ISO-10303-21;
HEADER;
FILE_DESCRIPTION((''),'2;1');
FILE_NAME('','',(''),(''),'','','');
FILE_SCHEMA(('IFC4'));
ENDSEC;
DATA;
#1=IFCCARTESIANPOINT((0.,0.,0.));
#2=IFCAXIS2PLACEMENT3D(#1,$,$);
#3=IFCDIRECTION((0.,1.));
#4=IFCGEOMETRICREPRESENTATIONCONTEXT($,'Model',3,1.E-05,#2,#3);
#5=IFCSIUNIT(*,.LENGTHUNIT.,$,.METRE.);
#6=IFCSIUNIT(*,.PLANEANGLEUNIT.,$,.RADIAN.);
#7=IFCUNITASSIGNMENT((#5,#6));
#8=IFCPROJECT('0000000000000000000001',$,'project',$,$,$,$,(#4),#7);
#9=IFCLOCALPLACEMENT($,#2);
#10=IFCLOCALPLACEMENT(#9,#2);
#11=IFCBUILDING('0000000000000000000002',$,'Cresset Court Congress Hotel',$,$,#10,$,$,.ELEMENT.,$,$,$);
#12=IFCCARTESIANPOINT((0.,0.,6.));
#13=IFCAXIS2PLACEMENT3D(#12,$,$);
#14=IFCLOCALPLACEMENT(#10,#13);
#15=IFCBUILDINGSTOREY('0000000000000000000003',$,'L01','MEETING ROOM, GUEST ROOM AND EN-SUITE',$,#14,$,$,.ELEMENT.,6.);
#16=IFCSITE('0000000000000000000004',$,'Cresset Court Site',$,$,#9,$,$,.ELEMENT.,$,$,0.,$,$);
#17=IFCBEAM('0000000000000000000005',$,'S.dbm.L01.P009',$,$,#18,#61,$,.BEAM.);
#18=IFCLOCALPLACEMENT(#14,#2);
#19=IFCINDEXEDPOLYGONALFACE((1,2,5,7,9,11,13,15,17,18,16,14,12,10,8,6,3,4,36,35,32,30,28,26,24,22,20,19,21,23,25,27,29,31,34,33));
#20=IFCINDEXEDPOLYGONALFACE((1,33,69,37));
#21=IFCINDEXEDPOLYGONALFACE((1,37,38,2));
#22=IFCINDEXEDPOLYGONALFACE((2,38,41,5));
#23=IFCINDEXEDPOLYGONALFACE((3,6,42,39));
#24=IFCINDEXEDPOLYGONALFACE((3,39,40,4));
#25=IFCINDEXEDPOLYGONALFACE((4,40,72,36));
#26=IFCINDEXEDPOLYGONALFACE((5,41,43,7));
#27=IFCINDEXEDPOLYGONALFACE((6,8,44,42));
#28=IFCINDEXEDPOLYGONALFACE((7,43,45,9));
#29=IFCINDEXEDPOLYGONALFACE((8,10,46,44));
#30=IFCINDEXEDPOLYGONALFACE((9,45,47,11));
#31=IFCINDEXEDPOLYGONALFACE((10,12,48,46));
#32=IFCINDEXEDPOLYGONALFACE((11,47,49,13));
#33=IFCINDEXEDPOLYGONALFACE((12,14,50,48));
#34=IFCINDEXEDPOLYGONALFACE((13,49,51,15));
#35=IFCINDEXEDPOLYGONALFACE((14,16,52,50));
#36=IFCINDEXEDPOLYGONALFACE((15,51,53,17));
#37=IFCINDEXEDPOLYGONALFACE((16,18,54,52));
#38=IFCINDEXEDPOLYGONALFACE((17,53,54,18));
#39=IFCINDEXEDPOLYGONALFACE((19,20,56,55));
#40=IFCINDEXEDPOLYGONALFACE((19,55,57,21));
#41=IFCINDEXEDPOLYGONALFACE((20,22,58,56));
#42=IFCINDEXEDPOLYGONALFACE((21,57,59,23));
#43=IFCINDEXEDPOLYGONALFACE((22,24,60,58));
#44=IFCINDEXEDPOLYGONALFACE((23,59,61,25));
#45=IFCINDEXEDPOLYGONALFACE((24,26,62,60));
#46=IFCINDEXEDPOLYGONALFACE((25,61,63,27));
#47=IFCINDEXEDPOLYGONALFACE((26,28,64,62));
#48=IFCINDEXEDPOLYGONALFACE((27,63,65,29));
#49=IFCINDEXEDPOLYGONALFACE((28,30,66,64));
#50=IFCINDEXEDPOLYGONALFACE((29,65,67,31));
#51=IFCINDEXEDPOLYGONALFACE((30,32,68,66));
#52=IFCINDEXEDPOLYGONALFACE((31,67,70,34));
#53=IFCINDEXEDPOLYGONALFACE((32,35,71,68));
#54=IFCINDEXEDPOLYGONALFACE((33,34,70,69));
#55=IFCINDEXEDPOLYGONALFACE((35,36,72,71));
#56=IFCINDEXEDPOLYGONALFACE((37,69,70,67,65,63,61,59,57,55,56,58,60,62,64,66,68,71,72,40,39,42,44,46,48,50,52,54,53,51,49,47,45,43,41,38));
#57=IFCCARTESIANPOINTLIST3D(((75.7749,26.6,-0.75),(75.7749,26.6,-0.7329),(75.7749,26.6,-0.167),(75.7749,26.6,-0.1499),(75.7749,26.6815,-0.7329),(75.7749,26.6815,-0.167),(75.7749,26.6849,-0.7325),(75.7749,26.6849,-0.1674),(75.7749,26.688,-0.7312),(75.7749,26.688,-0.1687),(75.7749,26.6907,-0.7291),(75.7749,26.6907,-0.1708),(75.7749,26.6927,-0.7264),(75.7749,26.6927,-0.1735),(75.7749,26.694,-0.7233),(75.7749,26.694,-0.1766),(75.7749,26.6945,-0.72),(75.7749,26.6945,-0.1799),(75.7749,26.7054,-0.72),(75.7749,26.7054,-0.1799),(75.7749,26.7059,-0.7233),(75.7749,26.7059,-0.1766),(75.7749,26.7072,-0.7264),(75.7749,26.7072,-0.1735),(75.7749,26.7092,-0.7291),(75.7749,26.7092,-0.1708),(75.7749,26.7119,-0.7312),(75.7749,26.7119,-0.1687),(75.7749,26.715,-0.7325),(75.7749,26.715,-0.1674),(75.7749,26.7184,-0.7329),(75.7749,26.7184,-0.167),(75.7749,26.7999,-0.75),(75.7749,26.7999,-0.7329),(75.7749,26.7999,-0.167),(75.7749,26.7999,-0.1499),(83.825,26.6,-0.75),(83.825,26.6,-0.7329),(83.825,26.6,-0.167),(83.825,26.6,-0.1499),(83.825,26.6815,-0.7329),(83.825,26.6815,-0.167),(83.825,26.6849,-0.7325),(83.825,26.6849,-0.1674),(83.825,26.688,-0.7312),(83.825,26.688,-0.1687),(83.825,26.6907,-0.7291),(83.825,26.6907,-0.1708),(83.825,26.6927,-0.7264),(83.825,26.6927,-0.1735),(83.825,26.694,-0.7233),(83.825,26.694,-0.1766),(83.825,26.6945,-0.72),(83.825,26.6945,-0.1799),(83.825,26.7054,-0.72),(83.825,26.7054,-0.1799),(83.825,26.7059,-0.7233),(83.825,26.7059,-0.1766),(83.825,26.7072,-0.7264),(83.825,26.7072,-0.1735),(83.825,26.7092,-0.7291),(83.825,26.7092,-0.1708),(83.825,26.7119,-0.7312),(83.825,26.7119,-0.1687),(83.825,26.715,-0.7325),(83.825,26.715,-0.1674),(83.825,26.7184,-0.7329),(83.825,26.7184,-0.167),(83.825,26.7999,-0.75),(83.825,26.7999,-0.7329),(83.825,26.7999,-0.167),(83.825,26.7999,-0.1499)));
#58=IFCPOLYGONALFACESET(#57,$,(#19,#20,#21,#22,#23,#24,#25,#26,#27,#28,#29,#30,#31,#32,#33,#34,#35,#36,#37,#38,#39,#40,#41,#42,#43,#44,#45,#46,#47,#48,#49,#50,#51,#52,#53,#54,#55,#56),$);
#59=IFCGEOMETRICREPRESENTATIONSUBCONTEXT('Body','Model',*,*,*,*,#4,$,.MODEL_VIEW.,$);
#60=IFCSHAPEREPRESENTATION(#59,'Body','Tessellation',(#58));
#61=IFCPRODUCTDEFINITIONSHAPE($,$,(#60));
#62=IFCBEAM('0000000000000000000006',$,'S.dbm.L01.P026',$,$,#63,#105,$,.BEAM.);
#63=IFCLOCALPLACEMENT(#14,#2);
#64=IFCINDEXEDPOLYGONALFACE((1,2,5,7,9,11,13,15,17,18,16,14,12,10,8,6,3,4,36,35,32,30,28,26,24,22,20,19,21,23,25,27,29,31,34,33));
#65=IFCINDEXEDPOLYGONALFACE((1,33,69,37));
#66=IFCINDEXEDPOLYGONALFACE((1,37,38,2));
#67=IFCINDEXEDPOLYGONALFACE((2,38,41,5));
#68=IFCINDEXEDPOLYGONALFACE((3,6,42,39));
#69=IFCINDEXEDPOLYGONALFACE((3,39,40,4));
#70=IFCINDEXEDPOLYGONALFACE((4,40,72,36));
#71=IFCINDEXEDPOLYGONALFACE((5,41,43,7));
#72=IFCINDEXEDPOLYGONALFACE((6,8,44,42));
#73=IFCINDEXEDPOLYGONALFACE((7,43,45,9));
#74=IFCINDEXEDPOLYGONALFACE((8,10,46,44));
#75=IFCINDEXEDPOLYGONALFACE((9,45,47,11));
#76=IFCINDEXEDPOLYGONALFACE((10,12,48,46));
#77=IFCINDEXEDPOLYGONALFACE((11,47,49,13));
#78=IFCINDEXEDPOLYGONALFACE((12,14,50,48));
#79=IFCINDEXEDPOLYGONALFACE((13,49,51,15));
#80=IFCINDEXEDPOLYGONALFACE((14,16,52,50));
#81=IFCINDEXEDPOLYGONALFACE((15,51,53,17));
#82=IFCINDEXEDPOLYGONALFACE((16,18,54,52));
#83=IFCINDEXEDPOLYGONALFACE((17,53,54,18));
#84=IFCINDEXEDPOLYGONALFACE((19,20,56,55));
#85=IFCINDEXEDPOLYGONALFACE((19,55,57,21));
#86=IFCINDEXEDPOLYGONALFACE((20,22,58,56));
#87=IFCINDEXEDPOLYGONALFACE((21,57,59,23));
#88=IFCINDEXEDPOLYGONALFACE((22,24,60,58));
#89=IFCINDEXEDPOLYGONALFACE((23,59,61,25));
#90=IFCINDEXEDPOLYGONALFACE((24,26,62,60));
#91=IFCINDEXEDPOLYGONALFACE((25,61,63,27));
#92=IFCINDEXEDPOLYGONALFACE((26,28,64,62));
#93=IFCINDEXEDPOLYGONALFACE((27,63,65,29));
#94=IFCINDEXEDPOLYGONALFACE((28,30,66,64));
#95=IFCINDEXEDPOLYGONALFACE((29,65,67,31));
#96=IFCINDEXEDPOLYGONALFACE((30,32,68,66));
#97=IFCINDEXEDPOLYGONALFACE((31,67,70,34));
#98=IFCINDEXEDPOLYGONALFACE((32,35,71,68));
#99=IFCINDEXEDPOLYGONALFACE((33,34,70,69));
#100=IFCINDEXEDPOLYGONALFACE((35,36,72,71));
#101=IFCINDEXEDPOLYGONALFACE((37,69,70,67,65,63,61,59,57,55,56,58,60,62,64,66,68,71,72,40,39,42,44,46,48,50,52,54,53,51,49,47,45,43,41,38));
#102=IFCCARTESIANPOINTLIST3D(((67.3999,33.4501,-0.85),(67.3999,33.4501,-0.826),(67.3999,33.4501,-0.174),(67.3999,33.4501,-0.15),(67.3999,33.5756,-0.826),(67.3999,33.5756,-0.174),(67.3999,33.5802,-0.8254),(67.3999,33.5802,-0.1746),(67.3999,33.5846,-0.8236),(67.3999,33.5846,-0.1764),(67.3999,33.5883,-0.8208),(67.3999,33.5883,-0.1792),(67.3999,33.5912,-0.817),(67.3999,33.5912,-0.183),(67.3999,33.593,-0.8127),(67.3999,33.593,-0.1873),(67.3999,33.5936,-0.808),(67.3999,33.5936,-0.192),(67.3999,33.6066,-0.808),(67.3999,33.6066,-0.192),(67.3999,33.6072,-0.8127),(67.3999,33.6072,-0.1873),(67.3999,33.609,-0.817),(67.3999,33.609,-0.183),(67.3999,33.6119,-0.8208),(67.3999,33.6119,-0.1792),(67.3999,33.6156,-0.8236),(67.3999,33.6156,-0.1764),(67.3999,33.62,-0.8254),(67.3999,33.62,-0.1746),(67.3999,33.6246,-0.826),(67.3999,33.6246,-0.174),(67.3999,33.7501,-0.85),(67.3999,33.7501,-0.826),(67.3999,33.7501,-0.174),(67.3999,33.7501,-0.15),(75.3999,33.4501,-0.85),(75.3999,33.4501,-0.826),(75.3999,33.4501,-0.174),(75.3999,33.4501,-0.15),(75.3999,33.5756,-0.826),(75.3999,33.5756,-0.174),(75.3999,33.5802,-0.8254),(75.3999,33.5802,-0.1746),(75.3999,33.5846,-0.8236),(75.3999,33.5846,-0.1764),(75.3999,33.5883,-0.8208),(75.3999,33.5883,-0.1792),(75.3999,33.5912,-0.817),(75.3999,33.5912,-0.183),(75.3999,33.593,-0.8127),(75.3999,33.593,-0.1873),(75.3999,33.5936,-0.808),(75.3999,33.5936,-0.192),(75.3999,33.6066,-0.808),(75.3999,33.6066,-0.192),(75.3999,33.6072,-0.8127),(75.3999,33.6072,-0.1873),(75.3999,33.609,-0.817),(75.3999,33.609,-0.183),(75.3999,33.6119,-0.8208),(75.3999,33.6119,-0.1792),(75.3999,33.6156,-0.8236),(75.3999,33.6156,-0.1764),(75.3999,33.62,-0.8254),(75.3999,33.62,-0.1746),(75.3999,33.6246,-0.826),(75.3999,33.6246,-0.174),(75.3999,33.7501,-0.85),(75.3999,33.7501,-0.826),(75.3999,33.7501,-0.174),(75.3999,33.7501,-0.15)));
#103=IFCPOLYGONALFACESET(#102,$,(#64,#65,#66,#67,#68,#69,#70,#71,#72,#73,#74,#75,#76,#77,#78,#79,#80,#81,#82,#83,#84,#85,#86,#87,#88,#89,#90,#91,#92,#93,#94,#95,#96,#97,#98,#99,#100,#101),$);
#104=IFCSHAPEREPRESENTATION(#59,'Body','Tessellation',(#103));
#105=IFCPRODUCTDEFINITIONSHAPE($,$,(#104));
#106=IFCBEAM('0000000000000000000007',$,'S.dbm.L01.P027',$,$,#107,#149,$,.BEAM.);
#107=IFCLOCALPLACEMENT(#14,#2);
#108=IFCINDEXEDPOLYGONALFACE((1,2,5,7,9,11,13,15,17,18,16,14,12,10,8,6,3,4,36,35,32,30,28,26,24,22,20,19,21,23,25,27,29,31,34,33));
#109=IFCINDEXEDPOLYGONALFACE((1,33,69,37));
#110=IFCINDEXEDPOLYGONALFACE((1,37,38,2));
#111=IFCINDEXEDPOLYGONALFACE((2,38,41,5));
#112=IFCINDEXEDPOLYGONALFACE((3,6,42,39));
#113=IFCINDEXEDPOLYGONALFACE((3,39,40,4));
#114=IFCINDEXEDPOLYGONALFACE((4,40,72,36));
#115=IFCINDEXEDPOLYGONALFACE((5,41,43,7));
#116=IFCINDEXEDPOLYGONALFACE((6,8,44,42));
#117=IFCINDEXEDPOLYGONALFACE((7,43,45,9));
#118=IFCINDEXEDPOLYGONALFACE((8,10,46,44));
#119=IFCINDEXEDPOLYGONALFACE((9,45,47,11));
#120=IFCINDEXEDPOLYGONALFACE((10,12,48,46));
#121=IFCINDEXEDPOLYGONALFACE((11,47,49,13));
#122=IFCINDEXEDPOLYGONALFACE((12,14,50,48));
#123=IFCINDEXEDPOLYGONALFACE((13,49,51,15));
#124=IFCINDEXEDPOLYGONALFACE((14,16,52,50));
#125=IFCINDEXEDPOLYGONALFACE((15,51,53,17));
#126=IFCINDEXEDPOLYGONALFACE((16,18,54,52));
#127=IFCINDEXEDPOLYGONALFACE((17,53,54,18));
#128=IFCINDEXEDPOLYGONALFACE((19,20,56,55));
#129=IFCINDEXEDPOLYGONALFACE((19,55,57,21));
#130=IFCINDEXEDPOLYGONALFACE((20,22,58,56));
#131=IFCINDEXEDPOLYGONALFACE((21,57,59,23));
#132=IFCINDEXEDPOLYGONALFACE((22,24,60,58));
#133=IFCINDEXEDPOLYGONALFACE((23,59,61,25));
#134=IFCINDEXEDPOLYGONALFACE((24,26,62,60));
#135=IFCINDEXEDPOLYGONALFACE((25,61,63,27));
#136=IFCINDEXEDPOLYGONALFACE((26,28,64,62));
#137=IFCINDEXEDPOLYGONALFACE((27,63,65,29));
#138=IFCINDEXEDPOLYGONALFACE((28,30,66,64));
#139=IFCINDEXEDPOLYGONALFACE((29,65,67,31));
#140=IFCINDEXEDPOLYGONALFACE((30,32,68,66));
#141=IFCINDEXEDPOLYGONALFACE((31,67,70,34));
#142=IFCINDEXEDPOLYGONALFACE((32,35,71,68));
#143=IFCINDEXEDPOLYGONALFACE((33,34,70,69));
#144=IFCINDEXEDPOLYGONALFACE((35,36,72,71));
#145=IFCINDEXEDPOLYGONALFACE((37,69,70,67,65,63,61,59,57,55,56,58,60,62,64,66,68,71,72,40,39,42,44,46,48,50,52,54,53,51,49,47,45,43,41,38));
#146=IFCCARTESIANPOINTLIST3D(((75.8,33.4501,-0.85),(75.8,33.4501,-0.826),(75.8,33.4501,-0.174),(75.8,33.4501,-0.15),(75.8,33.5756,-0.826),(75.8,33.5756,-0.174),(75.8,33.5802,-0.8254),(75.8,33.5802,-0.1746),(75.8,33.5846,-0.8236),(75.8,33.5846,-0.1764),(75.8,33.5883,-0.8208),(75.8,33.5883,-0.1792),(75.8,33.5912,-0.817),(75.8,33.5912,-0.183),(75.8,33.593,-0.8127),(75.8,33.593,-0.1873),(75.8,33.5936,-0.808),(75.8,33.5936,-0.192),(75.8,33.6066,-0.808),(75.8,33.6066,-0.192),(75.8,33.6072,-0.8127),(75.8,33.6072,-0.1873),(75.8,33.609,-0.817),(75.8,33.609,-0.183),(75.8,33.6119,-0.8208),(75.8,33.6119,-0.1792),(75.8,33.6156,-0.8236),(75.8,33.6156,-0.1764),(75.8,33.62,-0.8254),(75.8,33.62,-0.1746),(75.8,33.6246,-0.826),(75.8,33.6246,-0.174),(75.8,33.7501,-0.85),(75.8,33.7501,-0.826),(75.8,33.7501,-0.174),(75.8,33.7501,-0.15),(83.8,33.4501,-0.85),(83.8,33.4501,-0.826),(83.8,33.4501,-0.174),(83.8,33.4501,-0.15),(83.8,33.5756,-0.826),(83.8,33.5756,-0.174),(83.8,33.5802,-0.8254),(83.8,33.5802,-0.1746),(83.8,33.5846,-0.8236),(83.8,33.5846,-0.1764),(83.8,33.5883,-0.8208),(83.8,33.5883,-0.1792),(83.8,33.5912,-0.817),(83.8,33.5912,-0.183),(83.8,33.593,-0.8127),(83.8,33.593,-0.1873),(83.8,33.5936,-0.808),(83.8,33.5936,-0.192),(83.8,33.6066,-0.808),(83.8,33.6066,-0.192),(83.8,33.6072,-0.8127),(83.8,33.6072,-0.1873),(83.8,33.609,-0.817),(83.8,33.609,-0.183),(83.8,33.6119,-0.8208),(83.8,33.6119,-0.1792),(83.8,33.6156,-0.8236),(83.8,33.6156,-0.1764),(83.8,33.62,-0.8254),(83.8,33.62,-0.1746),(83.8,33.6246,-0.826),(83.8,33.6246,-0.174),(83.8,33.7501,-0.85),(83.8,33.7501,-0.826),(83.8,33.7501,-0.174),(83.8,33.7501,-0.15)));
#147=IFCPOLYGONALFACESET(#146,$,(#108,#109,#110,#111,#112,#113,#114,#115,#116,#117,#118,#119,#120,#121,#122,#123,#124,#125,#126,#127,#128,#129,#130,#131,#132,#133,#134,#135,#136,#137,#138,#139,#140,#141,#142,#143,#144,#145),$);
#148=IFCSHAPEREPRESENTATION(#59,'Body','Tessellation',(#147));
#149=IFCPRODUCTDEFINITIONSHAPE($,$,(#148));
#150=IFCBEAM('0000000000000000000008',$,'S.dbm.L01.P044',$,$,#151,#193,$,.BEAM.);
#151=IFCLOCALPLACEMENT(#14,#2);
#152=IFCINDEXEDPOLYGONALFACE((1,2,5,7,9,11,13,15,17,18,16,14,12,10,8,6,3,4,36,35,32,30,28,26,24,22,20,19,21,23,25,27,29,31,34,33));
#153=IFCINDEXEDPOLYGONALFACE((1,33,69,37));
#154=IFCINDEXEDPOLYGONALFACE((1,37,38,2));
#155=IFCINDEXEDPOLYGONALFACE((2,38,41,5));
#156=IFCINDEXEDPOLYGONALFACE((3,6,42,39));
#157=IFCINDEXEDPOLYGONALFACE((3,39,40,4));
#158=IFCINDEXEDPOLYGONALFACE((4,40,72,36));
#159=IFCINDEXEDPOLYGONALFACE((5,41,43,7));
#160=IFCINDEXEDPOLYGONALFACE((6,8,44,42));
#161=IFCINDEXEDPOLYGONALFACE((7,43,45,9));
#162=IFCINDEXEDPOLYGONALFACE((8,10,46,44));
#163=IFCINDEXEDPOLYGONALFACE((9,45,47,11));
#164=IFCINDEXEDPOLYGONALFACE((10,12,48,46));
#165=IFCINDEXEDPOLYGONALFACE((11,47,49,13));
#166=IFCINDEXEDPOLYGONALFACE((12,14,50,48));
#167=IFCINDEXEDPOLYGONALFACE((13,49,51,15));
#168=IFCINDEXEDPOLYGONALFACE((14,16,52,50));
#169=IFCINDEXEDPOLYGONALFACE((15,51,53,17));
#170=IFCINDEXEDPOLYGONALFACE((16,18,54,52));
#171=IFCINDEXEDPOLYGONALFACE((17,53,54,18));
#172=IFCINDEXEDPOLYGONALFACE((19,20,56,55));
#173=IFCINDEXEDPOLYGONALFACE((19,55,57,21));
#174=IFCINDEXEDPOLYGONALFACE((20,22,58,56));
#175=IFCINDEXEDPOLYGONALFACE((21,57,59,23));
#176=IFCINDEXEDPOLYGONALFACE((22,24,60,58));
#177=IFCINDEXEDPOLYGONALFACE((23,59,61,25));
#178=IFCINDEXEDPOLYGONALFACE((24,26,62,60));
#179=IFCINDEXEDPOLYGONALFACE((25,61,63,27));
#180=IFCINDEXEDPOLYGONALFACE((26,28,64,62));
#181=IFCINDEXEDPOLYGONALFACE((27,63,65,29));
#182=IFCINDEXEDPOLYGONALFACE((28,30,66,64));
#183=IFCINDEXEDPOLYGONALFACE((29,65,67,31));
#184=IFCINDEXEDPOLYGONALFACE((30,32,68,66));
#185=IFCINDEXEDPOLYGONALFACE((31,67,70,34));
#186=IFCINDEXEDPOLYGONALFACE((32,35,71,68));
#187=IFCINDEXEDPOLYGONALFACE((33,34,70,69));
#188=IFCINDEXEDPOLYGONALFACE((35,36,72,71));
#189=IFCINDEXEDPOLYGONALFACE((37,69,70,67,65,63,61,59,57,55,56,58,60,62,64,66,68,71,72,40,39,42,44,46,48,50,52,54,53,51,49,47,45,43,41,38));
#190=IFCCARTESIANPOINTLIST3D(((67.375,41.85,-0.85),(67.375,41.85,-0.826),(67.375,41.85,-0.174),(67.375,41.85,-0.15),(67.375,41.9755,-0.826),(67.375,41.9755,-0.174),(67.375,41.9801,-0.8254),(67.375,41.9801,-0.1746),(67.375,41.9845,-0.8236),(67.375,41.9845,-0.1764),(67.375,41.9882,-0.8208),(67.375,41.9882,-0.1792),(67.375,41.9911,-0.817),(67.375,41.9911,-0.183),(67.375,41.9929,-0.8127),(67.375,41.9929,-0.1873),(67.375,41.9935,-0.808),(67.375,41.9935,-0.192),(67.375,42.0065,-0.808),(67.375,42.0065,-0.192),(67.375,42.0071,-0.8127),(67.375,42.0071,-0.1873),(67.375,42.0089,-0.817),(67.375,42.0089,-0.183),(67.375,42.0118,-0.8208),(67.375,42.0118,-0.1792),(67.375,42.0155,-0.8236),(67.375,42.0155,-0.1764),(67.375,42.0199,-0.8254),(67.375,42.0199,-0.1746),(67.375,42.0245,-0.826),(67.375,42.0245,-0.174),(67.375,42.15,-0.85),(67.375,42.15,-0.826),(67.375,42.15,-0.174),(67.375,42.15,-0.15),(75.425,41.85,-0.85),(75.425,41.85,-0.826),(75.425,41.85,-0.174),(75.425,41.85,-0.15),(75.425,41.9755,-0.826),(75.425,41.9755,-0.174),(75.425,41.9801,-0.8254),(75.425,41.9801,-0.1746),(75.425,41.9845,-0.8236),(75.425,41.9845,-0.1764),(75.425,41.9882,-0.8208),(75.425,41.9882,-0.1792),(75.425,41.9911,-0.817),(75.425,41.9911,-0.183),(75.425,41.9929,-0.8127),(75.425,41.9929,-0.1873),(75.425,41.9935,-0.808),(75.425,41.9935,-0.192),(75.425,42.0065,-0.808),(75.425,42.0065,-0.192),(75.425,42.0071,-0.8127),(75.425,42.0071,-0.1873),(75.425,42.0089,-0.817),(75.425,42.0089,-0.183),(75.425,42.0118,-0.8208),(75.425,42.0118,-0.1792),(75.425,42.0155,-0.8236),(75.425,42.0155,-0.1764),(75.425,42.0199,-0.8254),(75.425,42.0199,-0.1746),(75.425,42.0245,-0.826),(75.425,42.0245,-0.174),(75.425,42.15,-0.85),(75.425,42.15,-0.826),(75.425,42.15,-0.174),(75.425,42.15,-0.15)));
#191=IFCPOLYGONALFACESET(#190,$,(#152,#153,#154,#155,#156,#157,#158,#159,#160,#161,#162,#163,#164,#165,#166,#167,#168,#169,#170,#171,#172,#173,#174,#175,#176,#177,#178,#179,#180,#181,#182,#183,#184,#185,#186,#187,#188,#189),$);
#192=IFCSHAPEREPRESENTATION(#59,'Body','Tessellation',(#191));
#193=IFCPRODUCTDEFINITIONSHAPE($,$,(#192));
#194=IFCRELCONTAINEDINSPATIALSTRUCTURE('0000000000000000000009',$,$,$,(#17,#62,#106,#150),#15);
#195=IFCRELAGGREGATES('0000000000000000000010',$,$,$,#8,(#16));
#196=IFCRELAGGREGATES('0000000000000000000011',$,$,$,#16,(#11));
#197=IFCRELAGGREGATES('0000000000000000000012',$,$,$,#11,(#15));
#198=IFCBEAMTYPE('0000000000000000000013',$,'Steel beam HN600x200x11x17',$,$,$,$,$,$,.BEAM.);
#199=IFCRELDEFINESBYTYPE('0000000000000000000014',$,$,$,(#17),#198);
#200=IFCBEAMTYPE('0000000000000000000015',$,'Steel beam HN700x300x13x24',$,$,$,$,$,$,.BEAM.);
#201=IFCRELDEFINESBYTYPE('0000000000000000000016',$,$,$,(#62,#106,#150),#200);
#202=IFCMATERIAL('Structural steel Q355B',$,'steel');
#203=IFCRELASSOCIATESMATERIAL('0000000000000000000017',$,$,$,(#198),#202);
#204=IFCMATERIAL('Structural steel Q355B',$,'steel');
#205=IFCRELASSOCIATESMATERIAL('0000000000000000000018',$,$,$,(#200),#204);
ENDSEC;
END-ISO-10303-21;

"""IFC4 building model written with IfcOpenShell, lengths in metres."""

from ifc_helpers import new_model, si_unit, direction, frame, origin, origin_2d, place, context, subcontext, project, spatial, i_section, extrude, material, material_profile, profile_set, type_object, element, save


model = new_model("IFC4")

# Units and contexts
model_context = context("Model", 3, precision=1e-05, world=origin(), true_north=direction((0.0, 1.0)))
body_context = subcontext(model_context, "Body", "Model", "MODEL_VIEW")
ifc_project = project(units=[si_unit("LENGTHUNIT", "METRE"), si_unit("PLANEANGLEUNIT", "RADIAN")], contexts=[model_context])

# Site, building, storey
site_placement = place(None, origin())
site = spatial("IfcSite", under=ifc_project, at=site_placement, Name="Cresset Court Site", CompositionType="ELEMENT", RefElevation=0.0)
building_placement = place(site_placement, origin())
building = spatial("IfcBuilding", under=site, at=building_placement, Name="Cresset Court Congress Hotel", CompositionType="ELEMENT")
storey_placement = place(building_placement, frame((0.0, 0.0, 6.0)))
storey = spatial("IfcBuildingStorey", under=building, at=storey_placement, Name="L01", Description="MEETING ROOM, GUEST ROOM AND EN-SUITE", CompositionType="ELEMENT", Elevation=6.0)

# Beams
ifc_material_1 = material(Name="Structural steel Q355B", Category="steel")
ifc_material_profile_1 = material_profile(ifc_material_1, i_section(OverallWidth=0.2, OverallDepth=0.6001, WebThickness=0.011, FlangeThickness=0.0171, FilletRadius=0.0129, at=origin_2d()), Name="HN600x200x11x17")
ifc_profile_set_1 = profile_set([ifc_material_profile_1], Name="Structural steel Q355B")
beam_type_1 = type_object("IfcBeamType", Name="Steel beam HN600x200x11x17", PredefinedType="BEAM", material=ifc_profile_set_1)
for number, where, z_axis, x_axis, name in (
    (1, (75.7749, 26.7, -0.45), (1.0, 0.0, 0.0), (0.0, 1.0, 0.0), "S.dbm.L01.P009"),
):
    element("IfcBeam", number, at=place(storey_placement, frame(where, z_axis=z_axis, x_axis=x_axis)), inside=storey, type_object=beam_type_1, Name=name, PredefinedType="BEAM", context=body_context, shape_type="SweptSolid", body=[
        extrude(i_section(OverallWidth=0.2, OverallDepth=0.6001, WebThickness=0.011, FlangeThickness=0.0171, FilletRadius=0.0129, at=origin_2d()), origin(), (0.0, 0.0, 1.0), 8.05),
    ])
ifc_material_2 = material(Name="Structural steel Q355B", Category="steel")
ifc_material_profile_2 = material_profile(ifc_material_2, i_section(OverallWidth=0.3, OverallDepth=0.7, WebThickness=0.0129, FlangeThickness=0.0239, FilletRadius=0.0181, at=origin_2d()), Name="HN700x300x13x24")
ifc_profile_set_2 = profile_set([ifc_material_profile_2], Name="Structural steel Q355B")
beam_type_2 = type_object("IfcBeamType", Name="Steel beam HN700x300x13x24", PredefinedType="BEAM", material=ifc_profile_set_2)
for number, where, z_axis, x_axis, name in (
    (2, (67.3999, 33.6001, -0.5), (1.0, 0.0, 0.0), (0.0, 1.0, 0.0), "S.dbm.L01.P026"),
    (3, (75.8, 33.6001, -0.5), (1.0, 0.0, 0.0), (0.0, 1.0, 0.0), "S.dbm.L01.P027"),
):
    element("IfcBeam", number, at=place(storey_placement, frame(where, z_axis=z_axis, x_axis=x_axis)), inside=storey, type_object=beam_type_2, Name=name, PredefinedType="BEAM", context=body_context, shape_type="SweptSolid", body=[
        extrude(i_section(OverallWidth=0.3, OverallDepth=0.7, WebThickness=0.0129, FlangeThickness=0.0239, FilletRadius=0.0181, at=origin_2d()), origin(), (0.0, 0.0, 1.0), 8.0),
    ])
for number, where, z_axis, x_axis, name in (
    (4, (67.375, 42.0, -0.5), (1.0, 0.0, 0.0), (0.0, 1.0, 0.0), "S.dbm.L01.P044"),
):
    element("IfcBeam", number, at=place(storey_placement, frame(where, z_axis=z_axis, x_axis=x_axis)), inside=storey, type_object=beam_type_2, Name=name, PredefinedType="BEAM", context=body_context, shape_type="SweptSolid", body=[
        extrude(i_section(OverallWidth=0.3, OverallDepth=0.7, WebThickness=0.0129, FlangeThickness=0.0239, FilletRadius=0.0181, at=origin_2d()), origin(), (0.0, 0.0, 1.0), 8.05),
    ])

save(model, "model.ifc")
